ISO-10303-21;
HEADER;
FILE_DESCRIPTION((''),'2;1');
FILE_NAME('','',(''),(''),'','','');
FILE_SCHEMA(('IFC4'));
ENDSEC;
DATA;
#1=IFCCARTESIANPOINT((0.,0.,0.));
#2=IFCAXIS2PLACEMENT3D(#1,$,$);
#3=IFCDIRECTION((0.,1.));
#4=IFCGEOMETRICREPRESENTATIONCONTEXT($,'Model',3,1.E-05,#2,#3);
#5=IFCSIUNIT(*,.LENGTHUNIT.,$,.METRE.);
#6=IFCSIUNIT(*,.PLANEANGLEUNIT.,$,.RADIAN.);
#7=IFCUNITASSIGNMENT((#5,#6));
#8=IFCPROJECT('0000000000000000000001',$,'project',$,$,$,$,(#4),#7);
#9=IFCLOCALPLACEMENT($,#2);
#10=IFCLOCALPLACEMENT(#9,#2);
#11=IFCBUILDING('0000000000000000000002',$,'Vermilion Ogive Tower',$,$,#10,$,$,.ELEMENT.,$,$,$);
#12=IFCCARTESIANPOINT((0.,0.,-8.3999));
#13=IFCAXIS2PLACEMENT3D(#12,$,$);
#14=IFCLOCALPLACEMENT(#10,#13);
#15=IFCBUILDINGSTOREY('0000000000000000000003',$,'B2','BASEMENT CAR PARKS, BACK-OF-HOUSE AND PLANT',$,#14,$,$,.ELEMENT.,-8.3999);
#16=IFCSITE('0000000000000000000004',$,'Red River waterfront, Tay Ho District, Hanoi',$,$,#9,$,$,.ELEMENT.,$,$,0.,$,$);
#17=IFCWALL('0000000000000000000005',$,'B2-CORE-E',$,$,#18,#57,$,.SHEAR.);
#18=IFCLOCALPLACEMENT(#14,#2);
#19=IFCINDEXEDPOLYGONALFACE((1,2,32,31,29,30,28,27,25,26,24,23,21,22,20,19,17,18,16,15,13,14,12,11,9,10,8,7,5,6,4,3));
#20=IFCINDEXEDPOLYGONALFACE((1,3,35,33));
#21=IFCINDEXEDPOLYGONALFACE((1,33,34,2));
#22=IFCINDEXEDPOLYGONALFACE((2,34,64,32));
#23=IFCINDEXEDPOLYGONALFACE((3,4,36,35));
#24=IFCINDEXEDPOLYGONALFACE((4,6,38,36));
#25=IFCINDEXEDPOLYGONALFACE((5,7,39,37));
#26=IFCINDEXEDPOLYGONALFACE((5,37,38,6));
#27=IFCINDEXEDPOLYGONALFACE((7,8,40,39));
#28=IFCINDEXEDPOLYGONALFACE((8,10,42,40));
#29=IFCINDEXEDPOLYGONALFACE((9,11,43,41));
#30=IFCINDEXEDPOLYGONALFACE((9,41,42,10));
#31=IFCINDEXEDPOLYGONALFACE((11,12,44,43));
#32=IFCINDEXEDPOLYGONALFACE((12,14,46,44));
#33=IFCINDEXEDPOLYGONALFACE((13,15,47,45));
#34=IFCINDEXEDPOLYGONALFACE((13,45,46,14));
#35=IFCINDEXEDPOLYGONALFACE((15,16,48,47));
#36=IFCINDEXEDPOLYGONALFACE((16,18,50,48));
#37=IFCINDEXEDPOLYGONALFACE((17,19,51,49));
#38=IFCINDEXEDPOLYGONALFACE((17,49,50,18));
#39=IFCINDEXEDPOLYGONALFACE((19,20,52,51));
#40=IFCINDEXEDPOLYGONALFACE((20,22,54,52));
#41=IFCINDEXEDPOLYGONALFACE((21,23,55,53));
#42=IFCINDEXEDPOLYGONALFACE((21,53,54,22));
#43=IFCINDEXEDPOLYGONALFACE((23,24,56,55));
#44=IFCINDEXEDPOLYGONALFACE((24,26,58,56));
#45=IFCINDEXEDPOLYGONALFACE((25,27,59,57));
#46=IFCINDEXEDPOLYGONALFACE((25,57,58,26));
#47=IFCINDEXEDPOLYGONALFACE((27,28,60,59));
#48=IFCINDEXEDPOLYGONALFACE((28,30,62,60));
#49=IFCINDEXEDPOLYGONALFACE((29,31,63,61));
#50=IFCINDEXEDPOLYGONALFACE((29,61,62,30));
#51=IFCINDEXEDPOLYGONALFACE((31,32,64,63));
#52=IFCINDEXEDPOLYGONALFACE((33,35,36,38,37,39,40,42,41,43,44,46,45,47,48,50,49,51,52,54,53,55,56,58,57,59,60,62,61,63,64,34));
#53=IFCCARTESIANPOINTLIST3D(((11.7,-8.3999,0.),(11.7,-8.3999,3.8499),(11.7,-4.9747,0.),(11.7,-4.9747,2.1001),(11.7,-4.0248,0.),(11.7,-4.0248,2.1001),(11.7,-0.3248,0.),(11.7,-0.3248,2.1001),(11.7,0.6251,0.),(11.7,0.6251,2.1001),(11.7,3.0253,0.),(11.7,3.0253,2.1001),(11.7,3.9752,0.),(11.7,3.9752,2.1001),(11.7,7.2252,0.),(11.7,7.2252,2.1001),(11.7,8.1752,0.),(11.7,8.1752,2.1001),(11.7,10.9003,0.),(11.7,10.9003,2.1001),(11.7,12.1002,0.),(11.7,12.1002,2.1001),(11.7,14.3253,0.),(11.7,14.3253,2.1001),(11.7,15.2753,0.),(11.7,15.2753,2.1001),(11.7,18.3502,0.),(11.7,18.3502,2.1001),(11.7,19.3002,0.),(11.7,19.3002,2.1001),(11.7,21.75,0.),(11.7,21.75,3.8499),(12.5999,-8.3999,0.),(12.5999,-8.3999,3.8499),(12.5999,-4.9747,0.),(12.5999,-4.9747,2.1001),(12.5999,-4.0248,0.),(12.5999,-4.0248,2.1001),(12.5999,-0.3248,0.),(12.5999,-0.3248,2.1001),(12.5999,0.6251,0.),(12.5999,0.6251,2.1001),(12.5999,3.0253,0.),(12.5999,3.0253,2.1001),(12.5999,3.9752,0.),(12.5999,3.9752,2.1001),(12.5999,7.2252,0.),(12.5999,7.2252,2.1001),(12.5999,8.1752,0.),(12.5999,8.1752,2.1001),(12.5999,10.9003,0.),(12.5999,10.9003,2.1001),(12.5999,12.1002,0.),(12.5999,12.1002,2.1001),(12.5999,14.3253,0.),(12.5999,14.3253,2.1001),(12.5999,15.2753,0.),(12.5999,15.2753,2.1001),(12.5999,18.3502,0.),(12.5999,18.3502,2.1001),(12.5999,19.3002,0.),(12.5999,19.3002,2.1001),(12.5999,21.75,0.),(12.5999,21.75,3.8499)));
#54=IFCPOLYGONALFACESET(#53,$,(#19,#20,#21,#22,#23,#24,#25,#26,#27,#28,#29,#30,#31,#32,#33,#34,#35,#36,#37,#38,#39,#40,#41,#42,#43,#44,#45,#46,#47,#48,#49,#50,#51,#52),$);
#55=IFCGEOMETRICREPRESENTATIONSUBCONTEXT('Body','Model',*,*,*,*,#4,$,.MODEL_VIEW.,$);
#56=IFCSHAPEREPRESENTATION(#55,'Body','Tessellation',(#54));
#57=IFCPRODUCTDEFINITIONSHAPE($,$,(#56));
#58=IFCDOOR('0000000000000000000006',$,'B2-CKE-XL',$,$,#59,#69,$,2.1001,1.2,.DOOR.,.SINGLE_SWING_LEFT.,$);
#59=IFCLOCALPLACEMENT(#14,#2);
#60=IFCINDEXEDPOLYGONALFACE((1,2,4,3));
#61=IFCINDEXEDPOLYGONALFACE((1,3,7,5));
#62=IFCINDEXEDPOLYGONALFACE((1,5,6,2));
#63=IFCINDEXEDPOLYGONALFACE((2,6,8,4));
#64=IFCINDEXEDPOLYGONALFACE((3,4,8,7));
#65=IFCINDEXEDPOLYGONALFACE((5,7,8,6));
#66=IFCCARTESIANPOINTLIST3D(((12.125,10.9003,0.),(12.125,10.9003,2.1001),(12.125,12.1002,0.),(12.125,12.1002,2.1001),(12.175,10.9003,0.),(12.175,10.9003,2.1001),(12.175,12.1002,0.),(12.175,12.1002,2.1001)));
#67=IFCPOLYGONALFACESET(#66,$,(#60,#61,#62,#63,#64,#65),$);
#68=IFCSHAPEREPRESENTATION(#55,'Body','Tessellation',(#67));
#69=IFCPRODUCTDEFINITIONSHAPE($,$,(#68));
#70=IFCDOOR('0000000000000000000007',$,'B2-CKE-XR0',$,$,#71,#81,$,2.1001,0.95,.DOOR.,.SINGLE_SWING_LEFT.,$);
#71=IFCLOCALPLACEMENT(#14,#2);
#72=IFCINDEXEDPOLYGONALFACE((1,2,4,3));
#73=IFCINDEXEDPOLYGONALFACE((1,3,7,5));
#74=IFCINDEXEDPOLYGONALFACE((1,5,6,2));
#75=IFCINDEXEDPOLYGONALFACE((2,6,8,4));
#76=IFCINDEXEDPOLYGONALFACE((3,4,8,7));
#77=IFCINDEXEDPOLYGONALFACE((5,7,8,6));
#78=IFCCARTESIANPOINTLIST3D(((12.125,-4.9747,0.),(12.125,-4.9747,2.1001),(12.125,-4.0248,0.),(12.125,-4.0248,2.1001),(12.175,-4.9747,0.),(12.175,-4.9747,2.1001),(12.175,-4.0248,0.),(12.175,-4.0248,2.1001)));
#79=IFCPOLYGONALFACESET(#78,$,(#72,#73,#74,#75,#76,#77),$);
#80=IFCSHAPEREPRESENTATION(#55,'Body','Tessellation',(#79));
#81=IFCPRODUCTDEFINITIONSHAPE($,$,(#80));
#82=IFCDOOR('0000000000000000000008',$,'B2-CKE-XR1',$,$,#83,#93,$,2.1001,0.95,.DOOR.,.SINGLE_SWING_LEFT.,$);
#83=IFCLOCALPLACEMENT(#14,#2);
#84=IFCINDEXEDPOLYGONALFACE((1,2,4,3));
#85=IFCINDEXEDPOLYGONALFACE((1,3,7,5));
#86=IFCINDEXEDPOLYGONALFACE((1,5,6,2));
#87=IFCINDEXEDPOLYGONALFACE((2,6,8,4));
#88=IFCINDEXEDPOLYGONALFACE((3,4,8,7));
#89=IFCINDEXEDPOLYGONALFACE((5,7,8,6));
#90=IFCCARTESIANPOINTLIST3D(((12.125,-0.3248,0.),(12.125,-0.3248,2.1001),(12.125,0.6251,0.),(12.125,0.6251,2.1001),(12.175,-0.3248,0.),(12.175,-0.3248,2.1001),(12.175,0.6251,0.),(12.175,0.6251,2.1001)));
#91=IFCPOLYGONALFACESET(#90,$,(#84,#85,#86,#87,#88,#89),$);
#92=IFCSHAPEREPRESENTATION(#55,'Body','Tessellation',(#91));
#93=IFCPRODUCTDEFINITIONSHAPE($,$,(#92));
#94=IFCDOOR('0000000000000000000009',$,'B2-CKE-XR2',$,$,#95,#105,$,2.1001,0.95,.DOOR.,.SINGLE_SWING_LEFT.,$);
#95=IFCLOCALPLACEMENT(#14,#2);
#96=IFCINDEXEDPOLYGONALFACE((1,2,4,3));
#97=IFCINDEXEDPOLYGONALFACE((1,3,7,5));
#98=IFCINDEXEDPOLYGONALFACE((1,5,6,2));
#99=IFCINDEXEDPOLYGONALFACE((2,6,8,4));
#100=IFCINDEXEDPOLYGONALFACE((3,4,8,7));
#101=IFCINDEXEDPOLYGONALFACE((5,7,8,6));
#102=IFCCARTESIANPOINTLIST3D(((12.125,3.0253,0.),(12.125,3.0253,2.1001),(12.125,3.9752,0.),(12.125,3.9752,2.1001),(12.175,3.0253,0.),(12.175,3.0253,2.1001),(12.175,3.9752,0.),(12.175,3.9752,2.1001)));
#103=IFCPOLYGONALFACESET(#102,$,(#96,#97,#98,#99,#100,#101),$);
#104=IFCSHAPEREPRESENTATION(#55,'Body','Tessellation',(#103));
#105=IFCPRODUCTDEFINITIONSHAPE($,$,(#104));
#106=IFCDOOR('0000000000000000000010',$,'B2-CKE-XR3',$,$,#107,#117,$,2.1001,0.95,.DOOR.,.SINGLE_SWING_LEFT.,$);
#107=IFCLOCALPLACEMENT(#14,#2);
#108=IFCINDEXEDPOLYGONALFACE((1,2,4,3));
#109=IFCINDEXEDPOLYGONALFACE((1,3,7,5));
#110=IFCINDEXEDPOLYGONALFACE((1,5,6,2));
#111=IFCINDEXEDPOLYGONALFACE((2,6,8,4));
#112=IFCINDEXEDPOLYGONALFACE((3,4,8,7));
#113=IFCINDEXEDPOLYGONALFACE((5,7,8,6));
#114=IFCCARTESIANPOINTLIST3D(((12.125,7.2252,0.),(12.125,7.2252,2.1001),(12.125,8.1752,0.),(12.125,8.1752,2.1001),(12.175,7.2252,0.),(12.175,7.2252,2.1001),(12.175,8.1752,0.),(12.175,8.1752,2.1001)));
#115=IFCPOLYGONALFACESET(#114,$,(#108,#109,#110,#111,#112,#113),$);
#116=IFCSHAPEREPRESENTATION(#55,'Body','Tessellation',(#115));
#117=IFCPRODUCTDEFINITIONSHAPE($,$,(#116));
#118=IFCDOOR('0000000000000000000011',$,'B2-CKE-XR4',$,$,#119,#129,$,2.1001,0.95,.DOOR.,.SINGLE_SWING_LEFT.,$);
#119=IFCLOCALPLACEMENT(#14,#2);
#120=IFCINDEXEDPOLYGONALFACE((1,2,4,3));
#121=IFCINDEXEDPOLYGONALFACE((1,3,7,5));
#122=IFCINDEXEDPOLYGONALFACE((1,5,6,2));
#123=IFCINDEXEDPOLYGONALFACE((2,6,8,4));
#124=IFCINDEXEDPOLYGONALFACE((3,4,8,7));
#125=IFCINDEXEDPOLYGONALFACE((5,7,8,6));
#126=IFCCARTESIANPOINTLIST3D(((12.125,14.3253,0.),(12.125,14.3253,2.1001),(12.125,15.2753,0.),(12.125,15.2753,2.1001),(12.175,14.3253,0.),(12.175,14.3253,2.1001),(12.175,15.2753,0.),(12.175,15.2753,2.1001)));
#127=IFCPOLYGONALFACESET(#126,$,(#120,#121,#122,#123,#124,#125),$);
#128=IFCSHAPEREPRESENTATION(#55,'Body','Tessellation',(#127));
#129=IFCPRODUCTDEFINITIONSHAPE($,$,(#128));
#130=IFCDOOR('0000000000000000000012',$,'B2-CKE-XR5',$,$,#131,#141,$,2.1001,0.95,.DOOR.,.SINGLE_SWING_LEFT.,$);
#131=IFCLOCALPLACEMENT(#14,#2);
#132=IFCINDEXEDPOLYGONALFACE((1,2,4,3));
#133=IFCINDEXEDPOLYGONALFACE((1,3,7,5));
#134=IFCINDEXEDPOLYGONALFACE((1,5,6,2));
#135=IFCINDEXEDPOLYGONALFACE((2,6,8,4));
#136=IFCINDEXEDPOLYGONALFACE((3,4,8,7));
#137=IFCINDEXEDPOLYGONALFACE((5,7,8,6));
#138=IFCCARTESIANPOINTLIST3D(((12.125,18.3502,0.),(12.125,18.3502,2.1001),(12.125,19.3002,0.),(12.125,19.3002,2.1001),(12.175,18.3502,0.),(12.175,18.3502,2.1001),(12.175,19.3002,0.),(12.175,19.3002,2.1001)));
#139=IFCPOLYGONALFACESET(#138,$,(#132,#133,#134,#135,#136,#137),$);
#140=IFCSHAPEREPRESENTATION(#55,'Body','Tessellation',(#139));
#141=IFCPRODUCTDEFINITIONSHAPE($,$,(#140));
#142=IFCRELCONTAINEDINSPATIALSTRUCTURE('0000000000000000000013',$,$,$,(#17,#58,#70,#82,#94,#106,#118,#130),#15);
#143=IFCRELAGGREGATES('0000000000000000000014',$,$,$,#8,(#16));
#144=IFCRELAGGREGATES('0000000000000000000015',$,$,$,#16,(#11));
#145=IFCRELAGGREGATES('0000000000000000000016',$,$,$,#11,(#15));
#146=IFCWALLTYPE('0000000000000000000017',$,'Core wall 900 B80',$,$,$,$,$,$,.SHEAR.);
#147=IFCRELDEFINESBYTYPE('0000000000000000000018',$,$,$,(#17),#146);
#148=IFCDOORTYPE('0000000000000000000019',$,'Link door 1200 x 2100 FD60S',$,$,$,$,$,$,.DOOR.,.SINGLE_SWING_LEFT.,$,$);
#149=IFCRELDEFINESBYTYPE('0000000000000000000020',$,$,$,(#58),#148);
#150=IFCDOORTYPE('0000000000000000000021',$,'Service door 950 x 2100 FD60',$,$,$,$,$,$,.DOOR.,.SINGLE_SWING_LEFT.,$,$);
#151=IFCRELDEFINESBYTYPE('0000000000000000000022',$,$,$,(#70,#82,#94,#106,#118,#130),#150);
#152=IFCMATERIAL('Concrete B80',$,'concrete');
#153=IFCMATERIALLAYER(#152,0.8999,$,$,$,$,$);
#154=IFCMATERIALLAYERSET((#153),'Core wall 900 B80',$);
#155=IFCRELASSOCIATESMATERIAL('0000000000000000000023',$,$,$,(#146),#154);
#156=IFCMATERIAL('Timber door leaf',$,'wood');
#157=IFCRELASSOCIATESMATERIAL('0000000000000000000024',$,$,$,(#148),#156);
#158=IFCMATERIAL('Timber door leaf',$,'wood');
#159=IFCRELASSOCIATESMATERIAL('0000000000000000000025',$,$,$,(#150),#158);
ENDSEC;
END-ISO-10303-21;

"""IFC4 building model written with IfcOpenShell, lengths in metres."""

from ifc_helpers import new_model, si_unit, direction, frame, frame_2d, origin, place, context, subcontext, project, spatial, rectangle, extrude, material, layer, layer_set, type_object, element, fill, save


model = new_model("IFC4")

# Units and contexts
model_context = context("Model", 3, precision=1e-05, world=origin(), true_north=direction((0.0, 1.0)))
body_context = subcontext(model_context, "Body", "Model", "MODEL_VIEW")
ifc_project = project(units=[si_unit("LENGTHUNIT", "METRE"), si_unit("PLANEANGLEUNIT", "RADIAN")], contexts=[model_context])

# Site, building, storey
site_placement = place(None, origin())
site = spatial("IfcSite", under=ifc_project, at=site_placement, Name="Red River waterfront, Tay Ho District, Hanoi", CompositionType="ELEMENT", RefElevation=0.0)
building_placement = place(site_placement, origin())
building = spatial("IfcBuilding", under=site, at=building_placement, Name="Vermilion Ogive Tower", CompositionType="ELEMENT")
storey_placement = place(building_placement, frame((0.0, 0.0, -8.3999)))
storey = spatial("IfcBuildingStorey", under=building, at=storey_placement, Name="B2", Description="BASEMENT CAR PARKS, BACK-OF-HOUSE AND PLANT", CompositionType="ELEMENT", Elevation=-8.3999)

# Wall, openings, doors
ifc_material_1 = material(Name="Concrete B80", Category="concrete")
ifc_layer_1 = layer(ifc_material_1, 0.8999)
ifc_layer_set_1 = layer_set([ifc_layer_1], Name="Core wall 900 B80")
wall_type_1 = type_object("IfcWallType", Name="Core wall 900 B80", PredefinedType="SHEAR", material=ifc_layer_set_1)
wall_1_placement = place(storey_placement, frame((12.1499, -8.3999, 0.0), z_axis=(0.0, 0.0, 1.0), x_axis=(0.0, 1.0, 0.0)))
wall_1 = element("IfcWall", 1, at=wall_1_placement, inside=storey, type_object=wall_type_1, Name="B2-CORE-E", PredefinedType="SHEAR", context=body_context, shape_type="SweptSolid", body=[
    extrude(rectangle(XDim=30.1499, YDim=0.8999, at=frame_2d((15.075, 0.0))), origin(), (0.0, 0.0, 1.0), 3.8499),
])
opening_1_placement = place(wall_1_placement, frame((3.425, 0.0, 0.0)))
opening_1 = element("IfcOpeningElement", 2, at=opening_1_placement, cuts=wall_1, PredefinedType="OPENING", context=body_context, shape_type="SweptSolid", body=[
    extrude(rectangle(XDim=0.95, YDim=2.1001, at=frame_2d((0.4751, 1.05))), frame((0.0, 0.46, 0.0), z_axis=(0.0, -1.0, 0.0), x_axis=(1.0, 0.0, 0.0)), (0.0, 0.0, 1.0), 0.9199),
])
opening_2_placement = place(wall_1_placement, frame((8.075, 0.0, 0.0)))
opening_2 = element("IfcOpeningElement", 3, at=opening_2_placement, cuts=wall_1, PredefinedType="OPENING", context=body_context, shape_type="SweptSolid", body=[
    extrude(rectangle(XDim=0.95, YDim=2.1001, at=frame_2d((0.4751, 1.05))), frame((0.0, 0.46, 0.0), z_axis=(0.0, -1.0, 0.0), x_axis=(1.0, 0.0, 0.0)), (0.0, 0.0, 1.0), 0.9199),
])
opening_3_placement = place(wall_1_placement, frame((11.425, 0.0, 0.0)))
opening_3 = element("IfcOpeningElement", 4, at=opening_3_placement, cuts=wall_1, PredefinedType="OPENING", context=body_context, shape_type="SweptSolid", body=[
    extrude(rectangle(XDim=0.95, YDim=2.1001, at=frame_2d((0.4751, 1.05))), frame((0.0, 0.46, 0.0), z_axis=(0.0, -1.0, 0.0), x_axis=(1.0, 0.0, 0.0)), (0.0, 0.0, 1.0), 0.9199),
])
opening_4_placement = place(wall_1_placement, frame((15.625, 0.0, 0.0)))
opening_4 = element("IfcOpeningElement", 5, at=opening_4_placement, cuts=wall_1, PredefinedType="OPENING", context=body_context, shape_type="SweptSolid", body=[
    extrude(rectangle(XDim=0.95, YDim=2.1001, at=frame_2d((0.4751, 1.05))), frame((0.0, 0.46, 0.0), z_axis=(0.0, -1.0, 0.0), x_axis=(1.0, 0.0, 0.0)), (0.0, 0.0, 1.0), 0.9199),
])
opening_5_placement = place(wall_1_placement, frame((22.7251, 0.0, 0.0)))
opening_5 = element("IfcOpeningElement", 6, at=opening_5_placement, cuts=wall_1, PredefinedType="OPENING", context=body_context, shape_type="SweptSolid", body=[
    extrude(rectangle(XDim=0.95, YDim=2.1001, at=frame_2d((0.4751, 1.05))), frame((0.0, 0.46, 0.0), z_axis=(0.0, -1.0, 0.0), x_axis=(1.0, 0.0, 0.0)), (0.0, 0.0, 1.0), 0.9199),
])
opening_6_placement = place(wall_1_placement, frame((26.75, 0.0, 0.0)))
opening_6 = element("IfcOpeningElement", 7, at=opening_6_placement, cuts=wall_1, PredefinedType="OPENING", context=body_context, shape_type="SweptSolid", body=[
    extrude(rectangle(XDim=0.95, YDim=2.1001, at=frame_2d((0.4751, 1.05))), frame((0.0, 0.46, 0.0), z_axis=(0.0, -1.0, 0.0), x_axis=(1.0, 0.0, 0.0)), (0.0, 0.0, 1.0), 0.9199),
])
opening_7_placement = place(wall_1_placement, frame((19.3, 0.0, 0.0)))
opening_7 = element("IfcOpeningElement", 8, at=opening_7_placement, cuts=wall_1, PredefinedType="OPENING", context=body_context, shape_type="SweptSolid", body=[
    extrude(rectangle(XDim=1.2, YDim=2.1001, at=frame_2d((0.6001, 1.05))), frame((0.0, 0.46, 0.0), z_axis=(0.0, -1.0, 0.0), x_axis=(1.0, 0.0, 0.0)), (0.0, 0.0, 1.0), 0.9199),
])
ifc_material_2 = material(Name="Timber door leaf", Category="wood")
door_type_1 = type_object("IfcDoorType", Name="Link door 1200 x 2100 FD60S", OperationType="SINGLE_SWING_LEFT", PredefinedType="DOOR", material=ifc_material_2)
door_1_placement = place(opening_7_placement, origin())
door_1 = element("IfcDoor", 9, at=door_1_placement, inside=storey, type_object=door_type_1, Name="B2-CKE-XL", OperationType="SINGLE_SWING_LEFT", OverallHeight=2.1001, OverallWidth=1.2, PredefinedType="DOOR", context=body_context, shape_type="SweptSolid", body=[
    extrude(rectangle(XDim=1.2, YDim=2.1001, at=frame_2d((0.6001, 1.05))), frame((0.0, 0.0249, 0.0), z_axis=(0.0, -1.0, 0.0), x_axis=(1.0, 0.0, 0.0)), (0.0, 0.0, 1.0), 0.05),
])
fill(opening_7, door_1)
ifc_material_3 = material(Name="Timber door leaf", Category="wood")
door_type_2 = type_object("IfcDoorType", Name="Service door 950 x 2100 FD60", OperationType="SINGLE_SWING_LEFT", PredefinedType="DOOR", material=ifc_material_3)
door_2_placement = place(opening_1_placement, origin())
door_2 = element("IfcDoor", 10, at=door_2_placement, inside=storey, type_object=door_type_2, Name="B2-CKE-XR0", OperationType="SINGLE_SWING_LEFT", OverallHeight=2.1001, OverallWidth=0.95, PredefinedType="DOOR", context=body_context, shape_type="SweptSolid", body=[
    extrude(rectangle(XDim=0.95, YDim=2.1001, at=frame_2d((0.4751, 1.05))), frame((0.0, 0.0249, 0.0), z_axis=(0.0, -1.0, 0.0), x_axis=(1.0, 0.0, 0.0)), (0.0, 0.0, 1.0), 0.05),
])
fill(opening_1, door_2)
door_3_placement = place(opening_2_placement, origin())
door_3 = element("IfcDoor", 11, at=door_3_placement, inside=storey, type_object=door_type_2, Name="B2-CKE-XR1", OperationType="SINGLE_SWING_LEFT", OverallHeight=2.1001, OverallWidth=0.95, PredefinedType="DOOR", context=body_context, shape_type="SweptSolid", body=[
    extrude(rectangle(XDim=0.95, YDim=2.1001, at=frame_2d((0.4751, 1.05))), frame((0.0, 0.0249, 0.0), z_axis=(0.0, -1.0, 0.0), x_axis=(1.0, 0.0, 0.0)), (0.0, 0.0, 1.0), 0.05),
])
fill(opening_2, door_3)
door_4_placement = place(opening_3_placement, origin())
door_4 = element("IfcDoor", 12, at=door_4_placement, inside=storey, type_object=door_type_2, Name="B2-CKE-XR2", OperationType="SINGLE_SWING_LEFT", OverallHeight=2.1001, OverallWidth=0.95, PredefinedType="DOOR", context=body_context, shape_type="SweptSolid", body=[
    extrude(rectangle(XDim=0.95, YDim=2.1001, at=frame_2d((0.4751, 1.05))), frame((0.0, 0.0249, 0.0), z_axis=(0.0, -1.0, 0.0), x_axis=(1.0, 0.0, 0.0)), (0.0, 0.0, 1.0), 0.05),
])
fill(opening_3, door_4)
door_5_placement = place(opening_4_placement, origin())
door_5 = element("IfcDoor", 13, at=door_5_placement, inside=storey, type_object=door_type_2, Name="B2-CKE-XR3", OperationType="SINGLE_SWING_LEFT", OverallHeight=2.1001, OverallWidth=0.95, PredefinedType="DOOR", context=body_context, shape_type="SweptSolid", body=[
    extrude(rectangle(XDim=0.95, YDim=2.1001, at=frame_2d((0.4751, 1.05))), frame((0.0, 0.0249, 0.0), z_axis=(0.0, -1.0, 0.0), x_axis=(1.0, 0.0, 0.0)), (0.0, 0.0, 1.0), 0.05),
])
fill(opening_4, door_5)
door_6_placement = place(opening_5_placement, origin())
door_6 = element("IfcDoor", 14, at=door_6_placement, inside=storey, type_object=door_type_2, Name="B2-CKE-XR4", OperationType="SINGLE_SWING_LEFT", OverallHeight=2.1001, OverallWidth=0.95, PredefinedType="DOOR", context=body_context, shape_type="SweptSolid", body=[
    extrude(rectangle(XDim=0.95, YDim=2.1001, at=frame_2d((0.4751, 1.05))), frame((0.0, 0.0249, 0.0), z_axis=(0.0, -1.0, 0.0), x_axis=(1.0, 0.0, 0.0)), (0.0, 0.0, 1.0), 0.05),
])
fill(opening_5, door_6)
door_7_placement = place(opening_6_placement, origin())
door_7 = element("IfcDoor", 15, at=door_7_placement, inside=storey, type_object=door_type_2, Name="B2-CKE-XR5", OperationType="SINGLE_SWING_LEFT", OverallHeight=2.1001, OverallWidth=0.95, PredefinedType="DOOR", context=body_context, shape_type="SweptSolid", body=[
    extrude(rectangle(XDim=0.95, YDim=2.1001, at=frame_2d((0.4751, 1.05))), frame((0.0, 0.0249, 0.0), z_axis=(0.0, -1.0, 0.0), x_axis=(1.0, 0.0, 0.0)), (0.0, 0.0, 1.0), 0.05),
])
fill(opening_6, door_7)

save(model, "model.ifc")
